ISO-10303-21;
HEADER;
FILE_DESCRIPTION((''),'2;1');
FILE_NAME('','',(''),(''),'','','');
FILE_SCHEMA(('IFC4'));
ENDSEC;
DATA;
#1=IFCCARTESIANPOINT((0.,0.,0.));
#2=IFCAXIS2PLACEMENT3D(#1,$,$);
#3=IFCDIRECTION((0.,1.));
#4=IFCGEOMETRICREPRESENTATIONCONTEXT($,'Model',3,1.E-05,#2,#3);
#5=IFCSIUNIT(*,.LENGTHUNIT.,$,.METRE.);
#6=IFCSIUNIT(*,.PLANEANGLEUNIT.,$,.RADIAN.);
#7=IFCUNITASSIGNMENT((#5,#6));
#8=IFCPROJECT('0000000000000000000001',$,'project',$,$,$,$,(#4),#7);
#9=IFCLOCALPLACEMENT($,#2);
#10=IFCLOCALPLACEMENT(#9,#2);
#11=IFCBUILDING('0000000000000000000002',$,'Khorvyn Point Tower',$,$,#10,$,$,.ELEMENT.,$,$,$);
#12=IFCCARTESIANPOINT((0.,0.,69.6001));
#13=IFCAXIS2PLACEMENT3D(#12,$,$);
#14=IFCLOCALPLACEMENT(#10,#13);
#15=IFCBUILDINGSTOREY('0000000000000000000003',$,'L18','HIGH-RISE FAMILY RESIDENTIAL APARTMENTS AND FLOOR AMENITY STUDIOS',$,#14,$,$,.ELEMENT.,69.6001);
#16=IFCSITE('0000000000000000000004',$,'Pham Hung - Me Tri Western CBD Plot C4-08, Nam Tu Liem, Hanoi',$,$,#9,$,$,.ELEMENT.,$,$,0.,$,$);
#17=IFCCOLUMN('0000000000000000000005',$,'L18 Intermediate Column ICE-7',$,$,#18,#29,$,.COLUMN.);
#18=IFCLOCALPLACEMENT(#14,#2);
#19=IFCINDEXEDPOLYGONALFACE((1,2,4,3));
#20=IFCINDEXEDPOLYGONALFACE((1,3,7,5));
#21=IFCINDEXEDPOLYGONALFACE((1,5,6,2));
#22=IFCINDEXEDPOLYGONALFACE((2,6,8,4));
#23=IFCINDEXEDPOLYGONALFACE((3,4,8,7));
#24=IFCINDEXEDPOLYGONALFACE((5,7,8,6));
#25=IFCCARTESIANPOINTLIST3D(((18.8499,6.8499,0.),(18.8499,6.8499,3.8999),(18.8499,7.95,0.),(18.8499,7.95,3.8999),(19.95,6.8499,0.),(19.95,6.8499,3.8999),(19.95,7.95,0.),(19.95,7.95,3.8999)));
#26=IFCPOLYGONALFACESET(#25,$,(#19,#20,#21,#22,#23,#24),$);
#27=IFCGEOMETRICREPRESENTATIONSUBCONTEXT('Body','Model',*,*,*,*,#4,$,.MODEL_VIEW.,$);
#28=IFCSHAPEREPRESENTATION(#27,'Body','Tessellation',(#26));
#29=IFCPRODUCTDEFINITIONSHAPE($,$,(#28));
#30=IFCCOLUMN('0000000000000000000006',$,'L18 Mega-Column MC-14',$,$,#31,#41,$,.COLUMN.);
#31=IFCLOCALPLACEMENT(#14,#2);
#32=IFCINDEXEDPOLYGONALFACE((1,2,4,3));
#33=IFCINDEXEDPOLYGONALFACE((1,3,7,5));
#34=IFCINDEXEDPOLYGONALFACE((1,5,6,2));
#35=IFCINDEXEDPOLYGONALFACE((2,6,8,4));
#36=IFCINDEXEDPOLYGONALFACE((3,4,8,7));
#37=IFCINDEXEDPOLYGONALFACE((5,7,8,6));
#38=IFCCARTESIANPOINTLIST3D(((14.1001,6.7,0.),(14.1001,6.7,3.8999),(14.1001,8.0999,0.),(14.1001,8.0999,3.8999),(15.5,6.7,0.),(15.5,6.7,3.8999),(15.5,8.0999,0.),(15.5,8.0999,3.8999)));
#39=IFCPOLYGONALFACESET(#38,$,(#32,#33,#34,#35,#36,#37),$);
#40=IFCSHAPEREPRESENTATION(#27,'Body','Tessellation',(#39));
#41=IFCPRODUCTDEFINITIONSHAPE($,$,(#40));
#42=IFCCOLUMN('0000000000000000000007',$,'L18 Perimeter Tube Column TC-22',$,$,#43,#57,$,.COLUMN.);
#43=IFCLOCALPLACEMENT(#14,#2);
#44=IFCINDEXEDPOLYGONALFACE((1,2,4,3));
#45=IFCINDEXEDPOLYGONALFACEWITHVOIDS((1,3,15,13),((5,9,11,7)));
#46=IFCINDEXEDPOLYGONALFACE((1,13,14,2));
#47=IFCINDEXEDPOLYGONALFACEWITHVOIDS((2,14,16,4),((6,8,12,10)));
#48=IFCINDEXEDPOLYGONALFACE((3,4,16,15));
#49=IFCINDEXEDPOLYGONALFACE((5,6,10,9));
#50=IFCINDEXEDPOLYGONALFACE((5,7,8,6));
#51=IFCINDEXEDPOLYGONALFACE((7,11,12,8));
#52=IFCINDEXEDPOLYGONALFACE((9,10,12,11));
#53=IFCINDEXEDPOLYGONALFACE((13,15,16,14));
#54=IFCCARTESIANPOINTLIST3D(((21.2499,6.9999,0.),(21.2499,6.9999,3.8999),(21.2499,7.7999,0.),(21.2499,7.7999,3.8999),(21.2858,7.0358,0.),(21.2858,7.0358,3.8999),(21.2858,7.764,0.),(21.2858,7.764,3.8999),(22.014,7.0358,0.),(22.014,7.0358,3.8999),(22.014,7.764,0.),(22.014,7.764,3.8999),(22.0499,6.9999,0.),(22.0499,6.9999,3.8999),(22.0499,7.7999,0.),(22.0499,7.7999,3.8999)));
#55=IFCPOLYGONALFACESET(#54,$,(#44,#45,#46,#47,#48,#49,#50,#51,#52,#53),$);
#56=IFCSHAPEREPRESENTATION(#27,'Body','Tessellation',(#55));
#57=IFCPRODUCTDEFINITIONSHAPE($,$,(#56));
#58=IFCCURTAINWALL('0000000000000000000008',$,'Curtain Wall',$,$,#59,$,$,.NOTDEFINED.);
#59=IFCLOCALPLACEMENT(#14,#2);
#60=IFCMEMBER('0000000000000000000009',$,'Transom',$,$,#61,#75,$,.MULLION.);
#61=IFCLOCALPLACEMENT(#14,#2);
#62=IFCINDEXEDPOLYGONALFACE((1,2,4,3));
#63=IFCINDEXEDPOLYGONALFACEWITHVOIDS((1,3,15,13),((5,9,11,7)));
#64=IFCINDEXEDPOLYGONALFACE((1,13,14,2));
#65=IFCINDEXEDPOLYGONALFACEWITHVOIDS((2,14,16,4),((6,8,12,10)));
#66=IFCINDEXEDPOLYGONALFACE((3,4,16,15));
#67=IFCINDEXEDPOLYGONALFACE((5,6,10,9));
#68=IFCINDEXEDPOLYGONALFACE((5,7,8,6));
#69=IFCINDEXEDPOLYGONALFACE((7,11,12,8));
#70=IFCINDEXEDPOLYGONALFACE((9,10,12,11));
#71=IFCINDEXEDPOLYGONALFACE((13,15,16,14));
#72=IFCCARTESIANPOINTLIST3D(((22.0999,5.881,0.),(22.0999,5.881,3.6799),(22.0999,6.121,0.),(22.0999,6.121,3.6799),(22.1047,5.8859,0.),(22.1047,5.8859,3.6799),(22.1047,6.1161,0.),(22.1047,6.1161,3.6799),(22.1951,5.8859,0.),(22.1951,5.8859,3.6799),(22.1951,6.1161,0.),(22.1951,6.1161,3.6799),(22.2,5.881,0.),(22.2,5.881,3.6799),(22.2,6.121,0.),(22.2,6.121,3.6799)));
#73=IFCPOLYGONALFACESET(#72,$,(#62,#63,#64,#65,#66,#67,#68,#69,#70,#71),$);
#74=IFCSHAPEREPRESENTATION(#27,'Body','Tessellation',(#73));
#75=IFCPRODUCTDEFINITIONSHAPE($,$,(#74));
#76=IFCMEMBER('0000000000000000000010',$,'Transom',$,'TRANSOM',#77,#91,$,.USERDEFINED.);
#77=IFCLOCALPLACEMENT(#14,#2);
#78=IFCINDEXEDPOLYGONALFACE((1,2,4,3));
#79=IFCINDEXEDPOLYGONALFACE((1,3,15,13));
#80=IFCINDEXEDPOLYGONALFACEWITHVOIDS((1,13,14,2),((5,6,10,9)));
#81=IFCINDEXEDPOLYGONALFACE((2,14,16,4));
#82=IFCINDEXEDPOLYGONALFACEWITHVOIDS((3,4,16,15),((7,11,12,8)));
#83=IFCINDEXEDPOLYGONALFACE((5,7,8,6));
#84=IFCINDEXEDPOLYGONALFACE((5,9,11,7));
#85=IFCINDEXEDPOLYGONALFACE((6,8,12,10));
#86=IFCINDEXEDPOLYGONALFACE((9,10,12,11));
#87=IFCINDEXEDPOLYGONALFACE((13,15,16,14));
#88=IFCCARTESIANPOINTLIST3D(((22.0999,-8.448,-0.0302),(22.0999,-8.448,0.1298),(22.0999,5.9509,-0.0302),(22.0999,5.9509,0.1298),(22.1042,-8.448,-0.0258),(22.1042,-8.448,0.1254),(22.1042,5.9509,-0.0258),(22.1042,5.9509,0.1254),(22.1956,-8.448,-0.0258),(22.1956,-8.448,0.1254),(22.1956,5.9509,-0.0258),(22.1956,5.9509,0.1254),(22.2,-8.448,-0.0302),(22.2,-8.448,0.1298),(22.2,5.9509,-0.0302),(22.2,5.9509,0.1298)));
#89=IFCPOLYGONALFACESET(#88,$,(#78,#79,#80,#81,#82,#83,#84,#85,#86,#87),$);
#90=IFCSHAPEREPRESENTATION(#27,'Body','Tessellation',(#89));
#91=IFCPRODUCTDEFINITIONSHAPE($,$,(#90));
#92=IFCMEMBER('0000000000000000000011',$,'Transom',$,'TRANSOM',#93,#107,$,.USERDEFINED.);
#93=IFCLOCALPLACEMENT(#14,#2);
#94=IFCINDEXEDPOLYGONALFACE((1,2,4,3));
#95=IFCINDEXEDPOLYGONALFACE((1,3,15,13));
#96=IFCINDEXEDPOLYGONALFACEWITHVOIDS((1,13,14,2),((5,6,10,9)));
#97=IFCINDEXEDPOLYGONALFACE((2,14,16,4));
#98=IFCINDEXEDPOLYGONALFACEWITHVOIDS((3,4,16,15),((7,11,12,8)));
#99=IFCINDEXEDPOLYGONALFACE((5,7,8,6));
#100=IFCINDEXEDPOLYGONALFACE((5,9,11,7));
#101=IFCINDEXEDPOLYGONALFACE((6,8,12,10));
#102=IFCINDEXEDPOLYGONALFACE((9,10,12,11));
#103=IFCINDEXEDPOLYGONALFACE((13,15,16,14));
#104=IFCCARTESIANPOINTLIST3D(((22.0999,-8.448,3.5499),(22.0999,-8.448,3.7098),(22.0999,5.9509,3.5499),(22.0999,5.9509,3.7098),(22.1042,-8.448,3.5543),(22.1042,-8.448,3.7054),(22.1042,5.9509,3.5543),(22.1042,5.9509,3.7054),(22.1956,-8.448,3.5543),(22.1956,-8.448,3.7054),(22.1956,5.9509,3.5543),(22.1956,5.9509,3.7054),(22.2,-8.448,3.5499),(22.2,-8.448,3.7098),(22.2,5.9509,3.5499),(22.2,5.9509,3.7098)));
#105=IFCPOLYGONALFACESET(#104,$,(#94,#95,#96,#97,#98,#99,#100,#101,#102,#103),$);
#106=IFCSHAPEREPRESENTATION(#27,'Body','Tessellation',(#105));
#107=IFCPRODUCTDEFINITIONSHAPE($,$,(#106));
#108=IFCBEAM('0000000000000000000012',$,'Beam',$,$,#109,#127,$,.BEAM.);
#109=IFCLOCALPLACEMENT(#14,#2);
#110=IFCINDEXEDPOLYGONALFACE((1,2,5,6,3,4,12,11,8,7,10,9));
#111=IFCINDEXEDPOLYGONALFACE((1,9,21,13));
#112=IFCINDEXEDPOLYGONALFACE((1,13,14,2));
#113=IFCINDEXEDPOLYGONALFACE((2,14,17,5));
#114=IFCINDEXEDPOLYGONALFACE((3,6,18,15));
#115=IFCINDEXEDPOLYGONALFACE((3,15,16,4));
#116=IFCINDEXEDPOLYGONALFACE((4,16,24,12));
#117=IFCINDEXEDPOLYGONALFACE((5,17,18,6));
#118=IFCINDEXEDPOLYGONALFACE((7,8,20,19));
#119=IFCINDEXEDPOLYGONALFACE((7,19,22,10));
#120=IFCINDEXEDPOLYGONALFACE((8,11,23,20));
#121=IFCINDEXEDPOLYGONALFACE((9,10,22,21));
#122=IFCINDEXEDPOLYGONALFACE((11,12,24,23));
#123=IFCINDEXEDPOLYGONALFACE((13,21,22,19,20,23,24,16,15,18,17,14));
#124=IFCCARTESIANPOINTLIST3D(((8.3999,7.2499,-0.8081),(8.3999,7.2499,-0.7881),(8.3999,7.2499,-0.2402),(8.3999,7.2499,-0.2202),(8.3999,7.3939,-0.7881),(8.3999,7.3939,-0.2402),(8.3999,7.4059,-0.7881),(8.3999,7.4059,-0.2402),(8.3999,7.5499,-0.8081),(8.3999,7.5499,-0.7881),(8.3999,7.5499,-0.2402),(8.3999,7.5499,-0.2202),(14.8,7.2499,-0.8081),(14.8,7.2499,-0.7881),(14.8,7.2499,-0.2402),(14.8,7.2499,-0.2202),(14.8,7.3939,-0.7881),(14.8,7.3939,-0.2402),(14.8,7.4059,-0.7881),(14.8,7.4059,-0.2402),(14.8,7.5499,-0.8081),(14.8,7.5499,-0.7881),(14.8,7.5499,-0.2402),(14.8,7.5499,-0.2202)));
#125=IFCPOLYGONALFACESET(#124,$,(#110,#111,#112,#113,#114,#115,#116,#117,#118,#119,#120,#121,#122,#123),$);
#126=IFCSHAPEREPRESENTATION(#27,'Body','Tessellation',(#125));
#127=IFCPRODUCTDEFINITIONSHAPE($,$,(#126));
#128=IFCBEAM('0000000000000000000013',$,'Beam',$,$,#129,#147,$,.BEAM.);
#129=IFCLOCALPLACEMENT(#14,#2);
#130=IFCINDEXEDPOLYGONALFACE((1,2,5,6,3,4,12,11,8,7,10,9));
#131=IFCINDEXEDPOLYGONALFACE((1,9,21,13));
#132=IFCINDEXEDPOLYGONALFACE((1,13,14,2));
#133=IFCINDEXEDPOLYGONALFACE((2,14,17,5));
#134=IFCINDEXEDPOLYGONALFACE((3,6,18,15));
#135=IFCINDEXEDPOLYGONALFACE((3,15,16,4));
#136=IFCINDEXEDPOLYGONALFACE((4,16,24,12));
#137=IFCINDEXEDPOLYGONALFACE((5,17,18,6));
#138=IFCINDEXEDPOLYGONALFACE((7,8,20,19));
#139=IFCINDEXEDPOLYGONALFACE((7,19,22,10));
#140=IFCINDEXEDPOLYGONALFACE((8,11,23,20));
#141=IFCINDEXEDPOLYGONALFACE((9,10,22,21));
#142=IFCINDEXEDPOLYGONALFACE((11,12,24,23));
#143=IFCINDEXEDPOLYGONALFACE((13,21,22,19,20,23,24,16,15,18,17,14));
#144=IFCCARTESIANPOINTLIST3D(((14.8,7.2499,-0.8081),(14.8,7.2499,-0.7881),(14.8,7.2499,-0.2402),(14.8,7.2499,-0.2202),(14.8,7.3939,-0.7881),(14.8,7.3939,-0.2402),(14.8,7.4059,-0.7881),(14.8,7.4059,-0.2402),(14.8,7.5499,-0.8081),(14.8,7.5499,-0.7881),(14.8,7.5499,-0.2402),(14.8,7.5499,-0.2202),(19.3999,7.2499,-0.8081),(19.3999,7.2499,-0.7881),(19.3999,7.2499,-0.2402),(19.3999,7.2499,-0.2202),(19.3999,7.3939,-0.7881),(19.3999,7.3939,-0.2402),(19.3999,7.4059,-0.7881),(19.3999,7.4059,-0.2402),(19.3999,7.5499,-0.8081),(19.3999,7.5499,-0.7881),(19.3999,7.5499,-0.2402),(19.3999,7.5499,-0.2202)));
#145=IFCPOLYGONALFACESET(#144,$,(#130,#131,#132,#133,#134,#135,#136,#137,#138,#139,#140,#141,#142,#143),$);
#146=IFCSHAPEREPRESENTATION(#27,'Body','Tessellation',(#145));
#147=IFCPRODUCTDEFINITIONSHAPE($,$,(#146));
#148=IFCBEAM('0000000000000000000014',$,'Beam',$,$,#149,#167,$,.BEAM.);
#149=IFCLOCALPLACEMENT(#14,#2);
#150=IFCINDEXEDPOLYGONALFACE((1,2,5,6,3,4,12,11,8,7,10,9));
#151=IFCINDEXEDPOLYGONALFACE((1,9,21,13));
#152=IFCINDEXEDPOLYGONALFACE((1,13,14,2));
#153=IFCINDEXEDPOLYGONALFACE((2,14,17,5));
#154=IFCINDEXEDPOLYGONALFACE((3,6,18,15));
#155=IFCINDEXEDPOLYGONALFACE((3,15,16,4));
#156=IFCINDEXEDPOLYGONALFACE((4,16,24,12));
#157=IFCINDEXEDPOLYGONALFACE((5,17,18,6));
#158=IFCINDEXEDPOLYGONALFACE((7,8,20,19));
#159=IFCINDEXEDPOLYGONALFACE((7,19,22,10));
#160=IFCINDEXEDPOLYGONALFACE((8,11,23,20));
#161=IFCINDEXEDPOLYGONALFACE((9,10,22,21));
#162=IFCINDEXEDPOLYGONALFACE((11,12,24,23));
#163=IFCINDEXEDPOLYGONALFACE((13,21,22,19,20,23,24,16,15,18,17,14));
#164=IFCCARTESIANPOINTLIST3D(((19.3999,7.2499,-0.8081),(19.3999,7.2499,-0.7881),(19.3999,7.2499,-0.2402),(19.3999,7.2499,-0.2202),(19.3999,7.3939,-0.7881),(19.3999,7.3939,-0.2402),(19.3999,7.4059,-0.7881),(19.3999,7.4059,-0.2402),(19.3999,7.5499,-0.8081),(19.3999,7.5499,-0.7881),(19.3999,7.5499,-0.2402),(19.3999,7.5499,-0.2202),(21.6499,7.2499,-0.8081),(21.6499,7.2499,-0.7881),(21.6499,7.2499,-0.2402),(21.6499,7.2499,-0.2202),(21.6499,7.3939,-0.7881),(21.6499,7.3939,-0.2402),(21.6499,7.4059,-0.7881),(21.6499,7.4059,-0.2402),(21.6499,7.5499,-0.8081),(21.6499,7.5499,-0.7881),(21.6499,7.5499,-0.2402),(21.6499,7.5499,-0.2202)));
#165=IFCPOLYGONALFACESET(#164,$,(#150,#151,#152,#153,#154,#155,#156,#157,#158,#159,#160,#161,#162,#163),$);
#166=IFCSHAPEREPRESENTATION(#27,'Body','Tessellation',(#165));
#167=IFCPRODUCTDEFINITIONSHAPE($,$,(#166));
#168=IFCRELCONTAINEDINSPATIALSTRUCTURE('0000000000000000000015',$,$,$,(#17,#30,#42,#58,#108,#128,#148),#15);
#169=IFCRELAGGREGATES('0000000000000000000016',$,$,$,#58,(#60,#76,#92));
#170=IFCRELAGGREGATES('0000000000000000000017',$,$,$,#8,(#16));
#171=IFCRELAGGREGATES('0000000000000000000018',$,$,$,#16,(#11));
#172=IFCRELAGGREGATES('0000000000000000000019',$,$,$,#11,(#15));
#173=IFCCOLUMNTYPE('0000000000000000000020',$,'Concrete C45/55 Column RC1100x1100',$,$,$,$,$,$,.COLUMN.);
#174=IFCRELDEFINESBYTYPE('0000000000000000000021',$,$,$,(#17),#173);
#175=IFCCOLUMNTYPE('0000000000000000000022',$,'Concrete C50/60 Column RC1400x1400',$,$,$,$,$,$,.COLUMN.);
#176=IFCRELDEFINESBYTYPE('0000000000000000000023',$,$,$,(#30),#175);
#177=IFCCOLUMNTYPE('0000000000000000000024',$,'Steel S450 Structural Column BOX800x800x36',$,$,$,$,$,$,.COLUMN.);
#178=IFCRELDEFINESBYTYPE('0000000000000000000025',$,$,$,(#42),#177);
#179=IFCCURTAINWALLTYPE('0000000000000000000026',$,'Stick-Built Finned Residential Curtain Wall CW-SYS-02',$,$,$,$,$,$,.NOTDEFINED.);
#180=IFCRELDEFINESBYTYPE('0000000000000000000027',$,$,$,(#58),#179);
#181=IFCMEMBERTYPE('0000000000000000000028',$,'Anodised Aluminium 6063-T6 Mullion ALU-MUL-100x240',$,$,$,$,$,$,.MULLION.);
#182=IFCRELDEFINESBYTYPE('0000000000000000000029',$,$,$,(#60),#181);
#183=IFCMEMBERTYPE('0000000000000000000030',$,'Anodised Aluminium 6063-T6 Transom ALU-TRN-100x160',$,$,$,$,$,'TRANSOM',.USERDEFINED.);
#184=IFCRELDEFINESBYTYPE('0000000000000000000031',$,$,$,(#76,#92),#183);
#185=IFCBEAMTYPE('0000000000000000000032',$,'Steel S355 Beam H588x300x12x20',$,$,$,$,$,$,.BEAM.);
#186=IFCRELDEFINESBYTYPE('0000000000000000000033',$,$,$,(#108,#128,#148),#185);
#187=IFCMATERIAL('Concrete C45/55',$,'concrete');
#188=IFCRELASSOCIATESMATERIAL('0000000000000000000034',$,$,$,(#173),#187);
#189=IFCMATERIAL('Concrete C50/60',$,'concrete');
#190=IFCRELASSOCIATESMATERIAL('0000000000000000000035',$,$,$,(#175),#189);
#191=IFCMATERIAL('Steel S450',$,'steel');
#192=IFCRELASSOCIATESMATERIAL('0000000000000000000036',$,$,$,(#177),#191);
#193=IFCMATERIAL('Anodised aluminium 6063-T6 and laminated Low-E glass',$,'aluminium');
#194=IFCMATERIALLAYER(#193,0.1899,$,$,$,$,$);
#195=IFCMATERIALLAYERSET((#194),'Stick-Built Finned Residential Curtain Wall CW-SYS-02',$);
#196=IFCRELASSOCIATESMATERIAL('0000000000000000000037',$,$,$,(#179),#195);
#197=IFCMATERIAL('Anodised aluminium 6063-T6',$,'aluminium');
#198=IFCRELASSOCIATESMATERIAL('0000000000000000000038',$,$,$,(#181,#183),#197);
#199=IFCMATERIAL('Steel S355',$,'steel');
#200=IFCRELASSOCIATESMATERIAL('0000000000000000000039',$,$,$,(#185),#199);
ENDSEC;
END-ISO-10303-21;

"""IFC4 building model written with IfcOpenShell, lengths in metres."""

from ifc_helpers import new_model, si_unit, direction, frame, origin, origin_2d, place, context, subcontext, project, spatial, rectangle, hollow_rectangle, i_section, extrude, material, layer, layer_set, material_profile, profile_set, type_object, element, aggregate, save


model = new_model("IFC4")

# Units and contexts
model_context = context("Model", 3, precision=1e-05, world=origin(), true_north=direction((0.0, 1.0)))
body_context = subcontext(model_context, "Body", "Model", "MODEL_VIEW")
ifc_project = project(units=[si_unit("LENGTHUNIT", "METRE"), si_unit("PLANEANGLEUNIT", "RADIAN")], contexts=[model_context])

# Site, building, storey
site_placement = place(None, origin())
site = spatial("IfcSite", under=ifc_project, at=site_placement, Name="Pham Hung - Me Tri Western CBD Plot C4-08, Nam Tu Liem, Hanoi", CompositionType="ELEMENT", RefElevation=0.0)
building_placement = place(site_placement, origin())
building = spatial("IfcBuilding", under=site, at=building_placement, Name="Khorvyn Point Tower", CompositionType="ELEMENT")
storey_placement = place(building_placement, frame((0.0, 0.0, 69.6001)))
storey = spatial("IfcBuildingStorey", under=building, at=storey_placement, Name="L18", Description="HIGH-RISE FAMILY RESIDENTIAL APARTMENTS AND FLOOR AMENITY STUDIOS", CompositionType="ELEMENT", Elevation=69.6001)

# Columns
ifc_material_1 = material(Name="Concrete C45/55", Category="concrete")
ifc_material_profile_1 = material_profile(ifc_material_1, rectangle(XDim=1.1001, YDim=1.1001, at=origin_2d()))
ifc_profile_set_1 = profile_set([ifc_material_profile_1], Name="Concrete C45/55 RC1100x1100")
column_type_1 = type_object("IfcColumnType", Name="Concrete C45/55 Column RC1100x1100", PredefinedType="COLUMN", material=ifc_profile_set_1)
column_1_placement = place(storey_placement, frame((19.3999, 7.3999, 0.0), z_axis=(0.0, 0.0, 1.0), x_axis=(1.0, 0.0, 0.0)))
element("IfcColumn", 1, at=column_1_placement, inside=storey, type_object=column_type_1, Name="L18 Intermediate Column ICE-7", PredefinedType="COLUMN", context=body_context, shape_type="SweptSolid", body=[
    extrude(rectangle(XDim=1.1001, YDim=1.1001, at=origin_2d()), origin(), (0.0, 0.0, 1.0), 3.8999),
])
ifc_material_2 = material(Name="Concrete C50/60", Category="concrete")
ifc_material_profile_2 = material_profile(ifc_material_2, rectangle(XDim=1.3999, YDim=1.3999, at=origin_2d()))
ifc_profile_set_2 = profile_set([ifc_material_profile_2], Name="Concrete C50/60 RC1400x1400")
column_type_2 = type_object("IfcColumnType", Name="Concrete C50/60 Column RC1400x1400", PredefinedType="COLUMN", material=ifc_profile_set_2)
column_2_placement = place(storey_placement, frame((14.8, 7.3999, 0.0), z_axis=(0.0, 0.0, 1.0), x_axis=(1.0, 0.0, 0.0)))
element("IfcColumn", 2, at=column_2_placement, inside=storey, type_object=column_type_2, Name="L18 Mega-Column MC-14", PredefinedType="COLUMN", context=body_context, shape_type="SweptSolid", body=[
    extrude(rectangle(XDim=1.3999, YDim=1.3999, at=origin_2d()), origin(), (0.0, 0.0, 1.0), 3.8999),
])
ifc_material_3 = material(Name="Steel S450", Category="steel")
ifc_material_profile_3 = material_profile(ifc_material_3, hollow_rectangle(XDim=0.8, YDim=0.8, WallThickness=0.0359, at=origin_2d()))
ifc_profile_set_3 = profile_set([ifc_material_profile_3], Name="Steel S450 BOX800x800x36")
column_type_3 = type_object("IfcColumnType", Name="Steel S450 Structural Column BOX800x800x36", PredefinedType="COLUMN", material=ifc_profile_set_3)
column_3_placement = place(storey_placement, frame((21.6499, 7.3999, 0.0), z_axis=(0.0, 0.0, 1.0), x_axis=(1.0, 0.0, 0.0)))
element("IfcColumn", 3, at=column_3_placement, inside=storey, type_object=column_type_3, Name="L18 Perimeter Tube Column TC-22", PredefinedType="COLUMN", context=body_context, shape_type="SweptSolid", body=[
    extrude(hollow_rectangle(XDim=0.8, YDim=0.8, WallThickness=0.0359, at=origin_2d()), origin(), (0.0, 0.0, 1.0), 3.8999),
])

# Curtain wall, members
ifc_material_4 = material(Name="Anodised aluminium 6063-T6 and laminated Low-E glass", Category="aluminium")
ifc_layer_1 = layer(ifc_material_4, 0.1899)
ifc_layer_set_1 = layer_set([ifc_layer_1], Name="Stick-Built Finned Residential Curtain Wall CW-SYS-02")
curtain_wall_type = type_object("IfcCurtainWallType", Name="Stick-Built Finned Residential Curtain Wall CW-SYS-02", PredefinedType="NOTDEFINED", material=ifc_layer_set_1)
curtain_wall_placement = place(storey_placement, origin())
curtain_wall = element("IfcCurtainWall", 4, at=curtain_wall_placement, inside=storey, type_object=curtain_wall_type, Name="Curtain Wall", PredefinedType="NOTDEFINED")
ifc_material_5 = material(Name="Anodised aluminium 6063-T6", Category="aluminium")
ifc_material_profile_4 = material_profile(ifc_material_5, hollow_rectangle(XDim=0.1001, YDim=0.24, WallThickness=0.0049, at=origin_2d()))
ifc_profile_set_4 = profile_set([ifc_material_profile_4], Name="Anodised aluminium 6063-T6 ALU-MUL-100x240")
member_type_1 = type_object("IfcMemberType", Name="Anodised Aluminium 6063-T6 Mullion ALU-MUL-100x240", PredefinedType="MULLION", material=ifc_profile_set_4)
member_1_placement = place(storey_placement, frame((22.1499, 6.001, 0.0), z_axis=(0.0, 0.0, 1.0), x_axis=(1.0, 0.0, 0.0)))
member_1 = element("IfcMember", 5, at=member_1_placement, type_object=member_type_1, Name="Transom", PredefinedType="MULLION", context=body_context, shape_type="SweptSolid", body=[
    extrude(hollow_rectangle(XDim=0.1001, YDim=0.24, WallThickness=0.0049, at=origin_2d()), origin(), (0.0, 0.0, 1.0), 3.6799),
])
ifc_material_profile_5 = material_profile(ifc_material_5, hollow_rectangle(XDim=0.1001, YDim=0.1599, WallThickness=0.0044, at=origin_2d()))
ifc_profile_set_5 = profile_set([ifc_material_profile_5], Name="Anodised aluminium 6063-T6 ALU-TRN-100x160")
member_type_2 = type_object("IfcMemberType", Name="Anodised Aluminium 6063-T6 Transom ALU-TRN-100x160", ElementType="TRANSOM", PredefinedType="USERDEFINED", material=ifc_profile_set_5)
member_2_placement = place(storey_placement, frame((22.1499, 5.9509, 0.0498), z_axis=(0.0, -1.0, 0.0), x_axis=(1.0, 0.0, 0.0)))
member_2 = element("IfcMember", 6, at=member_2_placement, type_object=member_type_2, Name="Transom", ObjectType="TRANSOM", PredefinedType="USERDEFINED", context=body_context, shape_type="SweptSolid", body=[
    extrude(hollow_rectangle(XDim=0.1001, YDim=0.1599, WallThickness=0.0044, at=origin_2d()), origin(), (0.0, 0.0, 1.0), 14.3989),
])
member_3_placement = place(storey_placement, frame((22.1499, 5.9509, 3.6299), z_axis=(0.0, -1.0, 0.0), x_axis=(1.0, 0.0, 0.0)))
member_3 = element("IfcMember", 7, at=member_3_placement, type_object=member_type_2, Name="Transom", ObjectType="TRANSOM", PredefinedType="USERDEFINED", context=body_context, shape_type="SweptSolid", body=[
    extrude(hollow_rectangle(XDim=0.1001, YDim=0.1599, WallThickness=0.0044, at=origin_2d()), origin(), (0.0, 0.0, 1.0), 14.3989),
])

# Beams
ifc_material_6 = material(Name="Steel S355", Category="steel")
ifc_material_profile_6 = material_profile(ifc_material_6, i_section(OverallWidth=0.3, OverallDepth=0.5879, WebThickness=0.012, FlangeThickness=0.02, at=origin_2d()))
ifc_profile_set_6 = profile_set([ifc_material_profile_6], Name="Steel S355 H588x300x12x20")
beam_type_1 = type_object("IfcBeamType", Name="Steel S355 Beam H588x300x12x20", PredefinedType="BEAM", material=ifc_profile_set_6)
beam_1_placement = place(storey_placement, frame((8.3999, 7.3999, -0.5142), z_axis=(1.0, 0.0, 0.0), x_axis=(0.0, 1.0, 0.0)))
element("IfcBeam", 8, at=beam_1_placement, inside=storey, type_object=beam_type_1, Name="Beam", PredefinedType="BEAM", context=body_context, shape_type="SweptSolid", body=[
    extrude(i_section(OverallWidth=0.3, OverallDepth=0.5879, WebThickness=0.012, FlangeThickness=0.02, at=origin_2d()), origin(), (0.0, 0.0, 1.0), 6.4001),
])
beam_2_placement = place(storey_placement, frame((14.8, 7.3999, -0.5142), z_axis=(1.0, 0.0, 0.0), x_axis=(0.0, 1.0, 0.0)))
element("IfcBeam", 9, at=beam_2_placement, inside=storey, type_object=beam_type_1, Name="Beam", PredefinedType="BEAM", context=body_context, shape_type="SweptSolid", body=[
    extrude(i_section(OverallWidth=0.3, OverallDepth=0.5879, WebThickness=0.012, FlangeThickness=0.02, at=origin_2d()), origin(), (0.0, 0.0, 1.0), 4.5999),
])
beam_3_placement = place(storey_placement, frame((19.3999, 7.3999, -0.5142), z_axis=(1.0, 0.0, 0.0), x_axis=(0.0, 1.0, 0.0)))
element("IfcBeam", 10, at=beam_3_placement, inside=storey, type_object=beam_type_1, Name="Beam", PredefinedType="BEAM", context=body_context, shape_type="SweptSolid", body=[
    extrude(i_section(OverallWidth=0.3, OverallDepth=0.5879, WebThickness=0.012, FlangeThickness=0.02, at=origin_2d()), origin(), (0.0, 0.0, 1.0), 2.25),
])

aggregate(curtain_wall, [member_1, member_2, member_3])

save(model, "model.ifc")
